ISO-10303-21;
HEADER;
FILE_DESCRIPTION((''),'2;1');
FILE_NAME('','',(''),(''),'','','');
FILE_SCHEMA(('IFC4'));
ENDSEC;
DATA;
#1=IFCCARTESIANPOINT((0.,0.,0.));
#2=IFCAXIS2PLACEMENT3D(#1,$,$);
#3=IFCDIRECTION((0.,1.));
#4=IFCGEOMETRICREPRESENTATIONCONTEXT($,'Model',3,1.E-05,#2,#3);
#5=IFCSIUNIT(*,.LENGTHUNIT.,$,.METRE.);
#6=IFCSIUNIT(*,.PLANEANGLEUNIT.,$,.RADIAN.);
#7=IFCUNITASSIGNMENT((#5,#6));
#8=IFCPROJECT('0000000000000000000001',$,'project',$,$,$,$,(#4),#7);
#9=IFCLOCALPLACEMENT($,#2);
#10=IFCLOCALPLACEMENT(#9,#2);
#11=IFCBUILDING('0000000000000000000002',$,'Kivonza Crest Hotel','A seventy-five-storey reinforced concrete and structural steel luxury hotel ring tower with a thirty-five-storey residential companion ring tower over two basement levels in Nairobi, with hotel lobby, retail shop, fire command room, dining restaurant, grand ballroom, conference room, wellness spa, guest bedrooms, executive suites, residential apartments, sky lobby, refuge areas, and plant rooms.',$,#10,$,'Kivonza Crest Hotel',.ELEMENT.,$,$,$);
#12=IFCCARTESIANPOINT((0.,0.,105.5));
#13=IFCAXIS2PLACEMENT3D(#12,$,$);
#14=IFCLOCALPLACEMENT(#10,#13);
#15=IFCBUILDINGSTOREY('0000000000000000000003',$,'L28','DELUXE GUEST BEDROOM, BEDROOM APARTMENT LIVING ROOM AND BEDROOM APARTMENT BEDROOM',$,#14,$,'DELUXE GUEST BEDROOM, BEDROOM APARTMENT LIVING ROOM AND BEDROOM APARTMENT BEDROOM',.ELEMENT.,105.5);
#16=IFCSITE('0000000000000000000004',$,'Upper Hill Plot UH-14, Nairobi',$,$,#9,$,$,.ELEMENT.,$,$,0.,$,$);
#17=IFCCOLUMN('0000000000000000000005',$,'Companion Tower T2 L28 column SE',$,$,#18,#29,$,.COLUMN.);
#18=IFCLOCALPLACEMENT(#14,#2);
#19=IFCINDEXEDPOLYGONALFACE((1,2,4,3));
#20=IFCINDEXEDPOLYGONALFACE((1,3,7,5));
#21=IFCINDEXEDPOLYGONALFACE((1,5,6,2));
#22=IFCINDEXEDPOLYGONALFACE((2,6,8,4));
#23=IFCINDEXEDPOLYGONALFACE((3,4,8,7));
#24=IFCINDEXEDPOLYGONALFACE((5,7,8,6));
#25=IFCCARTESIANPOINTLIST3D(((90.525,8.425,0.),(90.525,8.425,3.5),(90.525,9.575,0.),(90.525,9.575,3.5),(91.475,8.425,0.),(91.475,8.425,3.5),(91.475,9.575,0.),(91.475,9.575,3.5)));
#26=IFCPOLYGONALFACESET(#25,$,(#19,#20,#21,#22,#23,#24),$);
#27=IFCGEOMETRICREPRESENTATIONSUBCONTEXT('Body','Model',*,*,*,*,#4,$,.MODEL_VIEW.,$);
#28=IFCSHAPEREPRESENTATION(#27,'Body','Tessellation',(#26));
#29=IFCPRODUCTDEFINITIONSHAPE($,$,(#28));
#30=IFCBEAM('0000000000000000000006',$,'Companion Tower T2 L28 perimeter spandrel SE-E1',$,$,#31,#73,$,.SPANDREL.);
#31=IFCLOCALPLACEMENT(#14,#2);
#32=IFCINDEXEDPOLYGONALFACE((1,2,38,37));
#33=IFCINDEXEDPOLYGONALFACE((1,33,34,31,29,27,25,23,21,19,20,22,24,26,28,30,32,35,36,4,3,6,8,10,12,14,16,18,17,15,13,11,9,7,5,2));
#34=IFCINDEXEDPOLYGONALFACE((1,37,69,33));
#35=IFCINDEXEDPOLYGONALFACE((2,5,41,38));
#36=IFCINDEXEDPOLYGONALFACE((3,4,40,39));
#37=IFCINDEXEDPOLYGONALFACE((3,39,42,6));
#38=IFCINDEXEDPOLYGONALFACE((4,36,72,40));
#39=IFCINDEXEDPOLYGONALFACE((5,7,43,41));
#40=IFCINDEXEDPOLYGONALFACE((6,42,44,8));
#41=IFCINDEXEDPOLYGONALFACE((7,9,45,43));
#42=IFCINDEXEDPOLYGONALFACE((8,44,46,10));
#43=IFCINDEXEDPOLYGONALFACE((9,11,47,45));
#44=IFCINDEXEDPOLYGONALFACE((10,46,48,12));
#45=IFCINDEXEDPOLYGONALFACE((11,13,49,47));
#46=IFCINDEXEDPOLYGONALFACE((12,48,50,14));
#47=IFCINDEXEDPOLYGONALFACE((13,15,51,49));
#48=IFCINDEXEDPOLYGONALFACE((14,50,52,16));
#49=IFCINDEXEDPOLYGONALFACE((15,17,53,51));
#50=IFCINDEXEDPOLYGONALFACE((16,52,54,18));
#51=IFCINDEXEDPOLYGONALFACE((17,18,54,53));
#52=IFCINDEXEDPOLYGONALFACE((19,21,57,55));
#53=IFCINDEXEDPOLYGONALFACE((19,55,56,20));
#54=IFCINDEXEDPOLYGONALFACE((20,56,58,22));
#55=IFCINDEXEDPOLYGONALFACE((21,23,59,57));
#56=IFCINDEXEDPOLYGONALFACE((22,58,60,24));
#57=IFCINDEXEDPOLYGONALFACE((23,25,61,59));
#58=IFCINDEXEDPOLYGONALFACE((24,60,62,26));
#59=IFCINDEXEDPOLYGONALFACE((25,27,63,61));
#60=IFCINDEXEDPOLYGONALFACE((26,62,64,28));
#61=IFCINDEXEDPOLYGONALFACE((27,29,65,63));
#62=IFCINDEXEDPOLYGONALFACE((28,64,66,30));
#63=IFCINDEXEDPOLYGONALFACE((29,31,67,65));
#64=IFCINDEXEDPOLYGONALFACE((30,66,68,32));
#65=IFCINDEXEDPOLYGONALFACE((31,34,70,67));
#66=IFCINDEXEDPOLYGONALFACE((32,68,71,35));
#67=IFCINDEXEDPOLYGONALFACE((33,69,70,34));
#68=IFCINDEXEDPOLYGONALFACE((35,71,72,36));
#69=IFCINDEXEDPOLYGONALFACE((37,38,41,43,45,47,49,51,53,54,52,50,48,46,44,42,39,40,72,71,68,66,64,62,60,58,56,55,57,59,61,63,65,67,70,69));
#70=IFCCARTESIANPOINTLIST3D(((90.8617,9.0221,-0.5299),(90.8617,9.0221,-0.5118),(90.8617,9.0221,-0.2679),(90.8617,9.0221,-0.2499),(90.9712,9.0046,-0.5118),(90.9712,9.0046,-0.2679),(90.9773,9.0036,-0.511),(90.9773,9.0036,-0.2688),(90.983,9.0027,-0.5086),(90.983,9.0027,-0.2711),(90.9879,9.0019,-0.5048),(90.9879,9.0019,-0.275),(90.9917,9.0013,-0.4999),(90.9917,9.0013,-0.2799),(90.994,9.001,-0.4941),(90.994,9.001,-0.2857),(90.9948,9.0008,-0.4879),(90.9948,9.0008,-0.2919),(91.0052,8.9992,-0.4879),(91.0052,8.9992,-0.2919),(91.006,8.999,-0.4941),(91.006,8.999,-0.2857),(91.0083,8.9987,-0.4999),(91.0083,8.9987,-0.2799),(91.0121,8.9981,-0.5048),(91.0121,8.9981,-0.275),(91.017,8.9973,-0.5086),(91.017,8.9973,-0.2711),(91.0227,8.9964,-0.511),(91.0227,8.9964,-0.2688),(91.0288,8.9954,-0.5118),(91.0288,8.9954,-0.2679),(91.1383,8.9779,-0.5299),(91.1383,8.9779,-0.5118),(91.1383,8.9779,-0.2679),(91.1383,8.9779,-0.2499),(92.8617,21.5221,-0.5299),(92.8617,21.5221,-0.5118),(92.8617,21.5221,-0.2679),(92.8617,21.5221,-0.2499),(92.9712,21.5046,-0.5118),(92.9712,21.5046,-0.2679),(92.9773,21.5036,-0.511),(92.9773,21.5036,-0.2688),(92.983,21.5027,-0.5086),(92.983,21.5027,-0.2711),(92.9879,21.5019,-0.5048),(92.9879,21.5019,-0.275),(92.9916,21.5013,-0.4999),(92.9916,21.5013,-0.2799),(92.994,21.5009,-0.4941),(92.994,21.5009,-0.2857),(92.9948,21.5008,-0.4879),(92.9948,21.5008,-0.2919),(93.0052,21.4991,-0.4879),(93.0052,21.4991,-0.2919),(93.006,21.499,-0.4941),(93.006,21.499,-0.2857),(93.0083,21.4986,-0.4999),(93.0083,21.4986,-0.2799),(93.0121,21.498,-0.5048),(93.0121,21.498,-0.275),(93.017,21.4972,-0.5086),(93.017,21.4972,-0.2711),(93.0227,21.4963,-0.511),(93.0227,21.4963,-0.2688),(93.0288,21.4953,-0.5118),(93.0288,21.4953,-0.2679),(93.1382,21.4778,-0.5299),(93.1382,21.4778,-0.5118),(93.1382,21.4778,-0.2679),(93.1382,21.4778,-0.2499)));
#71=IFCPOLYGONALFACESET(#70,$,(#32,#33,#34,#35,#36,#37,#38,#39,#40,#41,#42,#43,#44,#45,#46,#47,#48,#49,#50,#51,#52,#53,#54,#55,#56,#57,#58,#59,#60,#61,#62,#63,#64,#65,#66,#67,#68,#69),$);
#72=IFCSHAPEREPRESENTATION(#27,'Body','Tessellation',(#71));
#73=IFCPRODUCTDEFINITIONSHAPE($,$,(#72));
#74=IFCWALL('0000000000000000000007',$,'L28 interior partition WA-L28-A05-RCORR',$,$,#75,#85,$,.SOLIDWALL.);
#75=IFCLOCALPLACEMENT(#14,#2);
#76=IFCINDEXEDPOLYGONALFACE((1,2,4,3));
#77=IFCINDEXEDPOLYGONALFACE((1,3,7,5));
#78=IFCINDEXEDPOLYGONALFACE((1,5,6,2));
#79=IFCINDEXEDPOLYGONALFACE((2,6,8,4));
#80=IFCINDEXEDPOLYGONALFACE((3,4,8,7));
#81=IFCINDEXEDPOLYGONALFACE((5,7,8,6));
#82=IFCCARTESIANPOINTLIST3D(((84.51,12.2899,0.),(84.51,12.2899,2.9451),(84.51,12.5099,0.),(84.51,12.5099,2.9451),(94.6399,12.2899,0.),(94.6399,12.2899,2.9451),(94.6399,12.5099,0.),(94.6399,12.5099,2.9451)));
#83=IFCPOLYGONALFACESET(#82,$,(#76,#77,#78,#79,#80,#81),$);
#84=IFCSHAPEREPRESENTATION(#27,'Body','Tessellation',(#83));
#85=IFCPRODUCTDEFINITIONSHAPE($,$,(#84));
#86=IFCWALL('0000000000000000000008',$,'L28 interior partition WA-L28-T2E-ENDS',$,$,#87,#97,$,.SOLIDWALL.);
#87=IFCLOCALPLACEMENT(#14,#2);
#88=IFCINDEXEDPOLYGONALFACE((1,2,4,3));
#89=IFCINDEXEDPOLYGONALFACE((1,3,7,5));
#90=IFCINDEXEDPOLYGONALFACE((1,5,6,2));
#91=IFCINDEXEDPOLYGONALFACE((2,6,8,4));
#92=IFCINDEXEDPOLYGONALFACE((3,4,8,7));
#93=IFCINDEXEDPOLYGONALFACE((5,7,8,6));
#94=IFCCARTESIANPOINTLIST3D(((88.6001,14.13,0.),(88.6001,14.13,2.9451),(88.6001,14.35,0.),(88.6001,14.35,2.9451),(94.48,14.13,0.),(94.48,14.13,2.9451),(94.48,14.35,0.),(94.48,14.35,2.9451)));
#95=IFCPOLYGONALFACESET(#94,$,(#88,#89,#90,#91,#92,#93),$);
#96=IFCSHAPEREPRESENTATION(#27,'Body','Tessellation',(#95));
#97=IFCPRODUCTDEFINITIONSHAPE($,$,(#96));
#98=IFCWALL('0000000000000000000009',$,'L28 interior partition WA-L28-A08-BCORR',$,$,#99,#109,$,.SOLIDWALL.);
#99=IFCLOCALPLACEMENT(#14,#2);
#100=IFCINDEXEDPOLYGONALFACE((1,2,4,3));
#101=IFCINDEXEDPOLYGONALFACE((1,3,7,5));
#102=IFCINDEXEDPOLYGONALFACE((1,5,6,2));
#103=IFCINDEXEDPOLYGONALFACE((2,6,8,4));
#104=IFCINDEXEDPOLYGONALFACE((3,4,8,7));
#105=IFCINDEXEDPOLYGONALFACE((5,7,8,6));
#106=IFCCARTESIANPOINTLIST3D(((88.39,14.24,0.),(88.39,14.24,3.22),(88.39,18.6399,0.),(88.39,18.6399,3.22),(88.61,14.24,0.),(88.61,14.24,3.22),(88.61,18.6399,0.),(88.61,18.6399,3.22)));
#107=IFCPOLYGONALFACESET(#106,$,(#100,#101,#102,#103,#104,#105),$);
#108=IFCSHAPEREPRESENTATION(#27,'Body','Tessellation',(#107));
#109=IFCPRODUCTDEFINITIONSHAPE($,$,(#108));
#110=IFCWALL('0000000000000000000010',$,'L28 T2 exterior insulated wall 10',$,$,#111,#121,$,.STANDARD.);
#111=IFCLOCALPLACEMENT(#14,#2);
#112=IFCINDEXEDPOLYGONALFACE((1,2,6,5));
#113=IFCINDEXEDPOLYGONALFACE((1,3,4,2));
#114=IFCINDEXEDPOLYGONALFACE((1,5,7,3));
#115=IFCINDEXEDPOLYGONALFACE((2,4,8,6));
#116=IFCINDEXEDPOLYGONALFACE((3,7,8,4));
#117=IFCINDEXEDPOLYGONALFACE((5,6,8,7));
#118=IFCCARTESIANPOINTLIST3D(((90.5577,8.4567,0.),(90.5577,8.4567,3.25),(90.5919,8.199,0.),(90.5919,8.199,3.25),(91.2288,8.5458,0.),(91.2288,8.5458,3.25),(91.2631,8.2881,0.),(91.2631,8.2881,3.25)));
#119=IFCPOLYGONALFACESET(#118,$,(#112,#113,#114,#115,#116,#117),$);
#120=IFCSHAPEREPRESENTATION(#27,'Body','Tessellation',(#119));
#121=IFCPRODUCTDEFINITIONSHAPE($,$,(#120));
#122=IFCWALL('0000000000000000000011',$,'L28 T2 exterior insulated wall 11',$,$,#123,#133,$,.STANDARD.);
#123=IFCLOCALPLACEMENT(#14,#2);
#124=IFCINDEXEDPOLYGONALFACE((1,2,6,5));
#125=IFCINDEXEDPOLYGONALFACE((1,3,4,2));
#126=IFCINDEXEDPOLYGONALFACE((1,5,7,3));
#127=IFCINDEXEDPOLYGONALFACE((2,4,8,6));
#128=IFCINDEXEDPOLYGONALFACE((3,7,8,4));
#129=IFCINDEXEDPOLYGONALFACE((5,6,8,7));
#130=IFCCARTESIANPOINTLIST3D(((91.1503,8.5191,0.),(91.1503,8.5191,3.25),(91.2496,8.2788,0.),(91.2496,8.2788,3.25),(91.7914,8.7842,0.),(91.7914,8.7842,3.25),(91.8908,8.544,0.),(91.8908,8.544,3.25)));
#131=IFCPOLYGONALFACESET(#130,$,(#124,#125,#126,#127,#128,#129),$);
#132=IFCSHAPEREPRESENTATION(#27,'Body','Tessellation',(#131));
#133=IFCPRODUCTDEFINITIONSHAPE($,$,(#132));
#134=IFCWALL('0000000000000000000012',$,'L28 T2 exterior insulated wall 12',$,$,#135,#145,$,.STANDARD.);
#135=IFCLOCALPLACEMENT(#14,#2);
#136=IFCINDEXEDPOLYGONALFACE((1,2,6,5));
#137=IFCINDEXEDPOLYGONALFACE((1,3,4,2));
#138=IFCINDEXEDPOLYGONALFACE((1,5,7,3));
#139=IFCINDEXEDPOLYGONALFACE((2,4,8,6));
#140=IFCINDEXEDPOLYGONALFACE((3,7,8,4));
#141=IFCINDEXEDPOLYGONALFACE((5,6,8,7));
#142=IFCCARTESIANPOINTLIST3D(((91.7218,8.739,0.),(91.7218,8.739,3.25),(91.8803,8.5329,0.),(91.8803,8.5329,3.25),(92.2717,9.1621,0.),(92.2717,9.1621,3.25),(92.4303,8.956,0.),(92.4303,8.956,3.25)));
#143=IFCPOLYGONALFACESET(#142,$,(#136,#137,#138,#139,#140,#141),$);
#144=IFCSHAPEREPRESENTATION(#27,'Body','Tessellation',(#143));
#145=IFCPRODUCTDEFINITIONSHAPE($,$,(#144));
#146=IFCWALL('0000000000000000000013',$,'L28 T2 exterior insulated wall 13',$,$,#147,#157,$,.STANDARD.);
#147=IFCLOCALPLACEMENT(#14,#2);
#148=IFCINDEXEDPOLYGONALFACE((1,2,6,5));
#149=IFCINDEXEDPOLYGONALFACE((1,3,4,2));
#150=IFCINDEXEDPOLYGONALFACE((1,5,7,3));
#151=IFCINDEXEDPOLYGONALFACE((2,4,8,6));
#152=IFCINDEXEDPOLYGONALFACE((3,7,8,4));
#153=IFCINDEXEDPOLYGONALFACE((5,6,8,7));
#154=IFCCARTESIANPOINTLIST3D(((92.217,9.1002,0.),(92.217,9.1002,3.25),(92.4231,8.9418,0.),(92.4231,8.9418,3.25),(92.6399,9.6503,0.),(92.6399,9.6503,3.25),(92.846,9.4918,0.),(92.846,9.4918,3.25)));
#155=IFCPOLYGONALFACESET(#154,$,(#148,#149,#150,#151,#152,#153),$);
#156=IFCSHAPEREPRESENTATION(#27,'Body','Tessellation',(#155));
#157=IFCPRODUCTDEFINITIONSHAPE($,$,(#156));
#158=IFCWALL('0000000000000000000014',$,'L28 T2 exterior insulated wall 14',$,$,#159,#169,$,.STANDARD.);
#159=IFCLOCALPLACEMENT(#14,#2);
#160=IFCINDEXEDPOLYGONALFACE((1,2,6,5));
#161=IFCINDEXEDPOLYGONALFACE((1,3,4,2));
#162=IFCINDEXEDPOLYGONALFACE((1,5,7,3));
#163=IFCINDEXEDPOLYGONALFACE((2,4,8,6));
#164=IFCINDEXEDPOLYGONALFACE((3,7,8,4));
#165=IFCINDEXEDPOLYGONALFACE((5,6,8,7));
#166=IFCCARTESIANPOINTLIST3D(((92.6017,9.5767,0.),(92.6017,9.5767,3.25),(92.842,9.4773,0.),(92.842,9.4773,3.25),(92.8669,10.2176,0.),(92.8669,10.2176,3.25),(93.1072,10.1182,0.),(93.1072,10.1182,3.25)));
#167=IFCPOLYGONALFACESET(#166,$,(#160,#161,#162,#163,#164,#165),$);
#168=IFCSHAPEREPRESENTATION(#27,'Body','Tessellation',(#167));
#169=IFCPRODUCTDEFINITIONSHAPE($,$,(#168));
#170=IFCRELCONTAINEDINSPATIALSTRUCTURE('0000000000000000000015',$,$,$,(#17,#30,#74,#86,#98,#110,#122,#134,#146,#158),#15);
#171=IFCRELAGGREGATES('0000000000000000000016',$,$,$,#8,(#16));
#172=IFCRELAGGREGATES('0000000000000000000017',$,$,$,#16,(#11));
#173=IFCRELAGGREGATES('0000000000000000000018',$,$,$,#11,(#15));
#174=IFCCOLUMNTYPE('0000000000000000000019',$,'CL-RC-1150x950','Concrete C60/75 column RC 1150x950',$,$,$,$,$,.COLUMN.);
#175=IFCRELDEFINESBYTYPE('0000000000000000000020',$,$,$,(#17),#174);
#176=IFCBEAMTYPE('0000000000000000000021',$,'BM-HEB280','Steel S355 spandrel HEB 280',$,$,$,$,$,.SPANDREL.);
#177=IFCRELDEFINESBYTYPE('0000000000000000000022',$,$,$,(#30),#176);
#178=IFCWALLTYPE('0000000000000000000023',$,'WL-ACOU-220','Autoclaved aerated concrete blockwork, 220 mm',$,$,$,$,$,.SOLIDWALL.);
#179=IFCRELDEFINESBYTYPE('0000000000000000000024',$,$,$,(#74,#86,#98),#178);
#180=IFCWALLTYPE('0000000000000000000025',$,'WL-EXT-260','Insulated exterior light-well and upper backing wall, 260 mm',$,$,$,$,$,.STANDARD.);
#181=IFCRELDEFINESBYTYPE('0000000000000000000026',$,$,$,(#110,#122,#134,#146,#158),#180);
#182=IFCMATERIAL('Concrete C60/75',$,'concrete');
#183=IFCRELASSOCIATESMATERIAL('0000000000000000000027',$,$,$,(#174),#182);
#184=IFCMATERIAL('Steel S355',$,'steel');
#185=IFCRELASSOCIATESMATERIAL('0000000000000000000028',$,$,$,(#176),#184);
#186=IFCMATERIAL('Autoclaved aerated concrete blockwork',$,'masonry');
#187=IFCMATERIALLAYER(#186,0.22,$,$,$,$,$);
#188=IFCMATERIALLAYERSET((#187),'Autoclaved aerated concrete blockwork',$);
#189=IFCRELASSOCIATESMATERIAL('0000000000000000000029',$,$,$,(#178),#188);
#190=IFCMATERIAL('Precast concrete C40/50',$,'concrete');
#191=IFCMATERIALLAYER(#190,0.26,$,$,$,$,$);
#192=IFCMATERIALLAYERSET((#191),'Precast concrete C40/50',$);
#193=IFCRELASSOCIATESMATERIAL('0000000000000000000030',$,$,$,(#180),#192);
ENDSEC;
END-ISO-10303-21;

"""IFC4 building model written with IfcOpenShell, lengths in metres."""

from ifc_helpers import new_model, si_unit, direction, frame, frame_2d, origin, origin_2d, place, context, subcontext, project, spatial, rectangle, i_section, extrude, material, layer, layer_set, material_profile, profile_set, type_object, element, save


model = new_model("IFC4")

# Units and contexts
model_context = context("Model", 3, precision=1e-05, world=origin(), true_north=direction((0.0, 1.0)))
body_context = subcontext(model_context, "Body", "Model", "MODEL_VIEW")
ifc_project = project(units=[si_unit("LENGTHUNIT", "METRE"), si_unit("PLANEANGLEUNIT", "RADIAN")], contexts=[model_context])

# Site, building, storey
site_placement = place(None, origin())
site = spatial("IfcSite", under=ifc_project, at=site_placement, Name="Upper Hill Plot UH-14, Nairobi", CompositionType="ELEMENT", RefElevation=0.0)
building_placement = place(site_placement, origin())
building = spatial("IfcBuilding", under=site, at=building_placement, Name="Kivonza Crest Hotel", Description="A seventy-five-storey reinforced concrete and structural steel luxury hotel ring tower with a thirty-five-storey residential companion ring tower over two basement levels in Nairobi, with hotel lobby, retail shop, fire command room, dining restaurant, grand ballroom, conference room, wellness spa, guest bedrooms, executive suites, residential apartments, sky lobby, refuge areas, and plant rooms.", LongName="Kivonza Crest Hotel", CompositionType="ELEMENT")
storey_placement = place(building_placement, frame((0.0, 0.0, 105.5)))
storey = spatial("IfcBuildingStorey", under=building, at=storey_placement, Name="L28", Description="DELUXE GUEST BEDROOM, BEDROOM APARTMENT LIVING ROOM AND BEDROOM APARTMENT BEDROOM", LongName="DELUXE GUEST BEDROOM, BEDROOM APARTMENT LIVING ROOM AND BEDROOM APARTMENT BEDROOM", CompositionType="ELEMENT", Elevation=105.5)

# Column
ifc_material_1 = material(Name="Concrete C60/75", Category="concrete")
ifc_material_profile_1 = material_profile(ifc_material_1, rectangle(XDim=0.95, YDim=1.1499, at=origin_2d()), Name="RC 1150x950")
ifc_profile_set_1 = profile_set([ifc_material_profile_1], Name="Concrete C60/75")
column_type = type_object("IfcColumnType", Name="CL-RC-1150x950", Description="Concrete C60/75 column RC 1150x950", PredefinedType="COLUMN", material=ifc_profile_set_1)
column_placement = place(storey_placement, frame((91.0, 9.0, 0.0), z_axis=(0.0, 0.0, 1.0), x_axis=(1.0, 0.0, 0.0)))
element("IfcColumn", 1, at=column_placement, inside=storey, type_object=column_type, Name="Companion Tower T2 L28 column SE", PredefinedType="COLUMN", context=body_context, shape_type="SweptSolid", body=[
    extrude(rectangle(XDim=0.95, YDim=1.1499, at=origin_2d()), origin(), (0.0, 0.0, 1.0), 3.5),
])

# Beam
ifc_material_2 = material(Name="Steel S355", Category="steel")
ifc_material_profile_2 = material_profile(ifc_material_2, i_section(OverallWidth=0.28, OverallDepth=0.28, WebThickness=0.0105, FlangeThickness=0.0181, FilletRadius=0.0239, at=origin_2d()), Name="HEB 280")
ifc_profile_set_2 = profile_set([ifc_material_profile_2], Name="Steel S355")
beam_type = type_object("IfcBeamType", Name="BM-HEB280", Description="Steel S355 spandrel HEB 280", PredefinedType="SPANDREL", material=ifc_profile_set_2)
beam_placement = place(storey_placement, frame((91.0, 9.0, -0.3899), z_axis=(0.157991, 0.987441, 0.0), x_axis=(-0.987441, 0.157991, 0.0)))
element("IfcBeam", 2, at=beam_placement, inside=storey, type_object=beam_type, Name="Companion Tower T2 L28 perimeter spandrel SE-E1", PredefinedType="SPANDREL", context=body_context, shape_type="SweptSolid", body=[
    extrude(i_section(OverallWidth=0.28, OverallDepth=0.28, WebThickness=0.0105, FlangeThickness=0.0181, FilletRadius=0.0239, at=origin_2d()), origin(), (0.0, 0.0, 1.0), 12.6589),
])

# Walls
ifc_material_3 = material(Name="Autoclaved aerated concrete blockwork", Category="masonry")
ifc_layer_1 = layer(ifc_material_3, 0.22)
ifc_layer_set_1 = layer_set([ifc_layer_1], Name="Autoclaved aerated concrete blockwork")
wall_type_1 = type_object("IfcWallType", Name="WL-ACOU-220", Description="Autoclaved aerated concrete blockwork, 220 mm", PredefinedType="SOLIDWALL", material=ifc_layer_set_1)
wall_1_placement = place(storey_placement, frame((84.51, 12.3999, 0.0), z_axis=(0.0, 0.0, 1.0), x_axis=(1.0, 0.0, 0.0)))
element("IfcWall", 3, at=wall_1_placement, inside=storey, type_object=wall_type_1, Name="L28 interior partition WA-L28-A05-RCORR", PredefinedType="SOLIDWALL", context=body_context, shape_type="SweptSolid", body=[
    extrude(rectangle(XDim=10.1299, YDim=0.22, at=frame_2d((5.0649, 0.0))), origin(), (0.0, 0.0, 1.0), 2.9451),
])
wall_2_placement = place(storey_placement, frame((88.6001, 14.24, 0.0), z_axis=(0.0, 0.0, 1.0), x_axis=(1.0, 0.0, 0.0)))
element("IfcWall", 4, at=wall_2_placement, inside=storey, type_object=wall_type_1, Name="L28 interior partition WA-L28-T2E-ENDS", PredefinedType="SOLIDWALL", context=body_context, shape_type="SweptSolid", body=[
    extrude(rectangle(XDim=5.8799, YDim=0.22, at=frame_2d((2.9399, 0.0))), origin(), (0.0, 0.0, 1.0), 2.9451),
])
wall_3_placement = place(storey_placement, frame((88.5, 14.24, 0.0), z_axis=(0.0, 0.0, 1.0), x_axis=(0.0, 1.0, 0.0)))
element("IfcWall", 5, at=wall_3_placement, inside=storey, type_object=wall_type_1, Name="L28 interior partition WA-L28-A08-BCORR", PredefinedType="SOLIDWALL", context=body_context, shape_type="SweptSolid", body=[
    extrude(rectangle(XDim=4.3999, YDim=0.22, at=frame_2d((2.2, 0.0))), origin(), (0.0, 0.0, 1.0), 3.22),
])
ifc_material_4 = material(Name="Precast concrete C40/50", Category="concrete")
ifc_layer_2 = layer(ifc_material_4, 0.26)
ifc_layer_set_2 = layer_set([ifc_layer_2], Name="Precast concrete C40/50")
wall_type_2 = type_object("IfcWallType", Name="WL-EXT-260", Description="Insulated exterior light-well and upper backing wall, 260 mm", PredefinedType="STANDARD", material=ifc_layer_set_2)
wall_4_placement = place(storey_placement, frame((90.575, 8.3279, 0.0), z_axis=(0.0, 0.0, 1.0), x_axis=(0.9913, 0.13162, 0.0)))
element("IfcWall", 6, at=wall_4_placement, inside=storey, type_object=wall_type_2, Name="L28 T2 exterior insulated wall 10", PredefinedType="STANDARD", context=body_context, shape_type="SweptSolid", body=[
    extrude(rectangle(XDim=0.677, YDim=0.26, at=frame_2d((0.3384, 0.0))), origin(), (0.0, 0.0, 1.0), 3.25),
])
for number, where, z_axis, x_axis, name in (
    (7, (91.2, 8.3989, 0.0), (0.0, 0.0, 1.0), (0.924094, 0.382165, 0.0), "L28 T2 exterior insulated wall 11"),
    (8, (91.801, 8.636, 0.0), (0.0, 0.0, 1.0), (0.792637, 0.609694, 0.0), "L28 T2 exterior insulated wall 12"),
    (9, (92.3201, 9.021, 0.0), (0.0, 0.0, 1.0), (0.609473, 0.792807, 0.0), "L28 T2 exterior insulated wall 13"),
):
    element("IfcWall", number, at=place(storey_placement, frame(where, z_axis=z_axis, x_axis=x_axis)), inside=storey, type_object=wall_type_2, Name=name, PredefinedType="STANDARD", context=body_context, shape_type="SweptSolid", body=[
        extrude(rectangle(XDim=0.6938, YDim=0.26, at=frame_2d((0.3469, 0.0))), origin(), (0.0, 0.0, 1.0), 3.25),
    ])
wall_5_placement = place(storey_placement, frame((92.7219, 9.5271, 0.0), z_axis=(0.0, 0.0, 1.0), x_axis=(0.38229, 0.924043, 0.0)))
element("IfcWall", 10, at=wall_5_placement, inside=storey, type_object=wall_type_2, Name="L28 T2 exterior insulated wall 14", PredefinedType="STANDARD", context=body_context, shape_type="SweptSolid", body=[
    extrude(rectangle(XDim=0.6936, YDim=0.26, at=frame_2d((0.3467, 0.0))), origin(), (0.0, 0.0, 1.0), 3.25),
])

save(model, "model.ifc")
